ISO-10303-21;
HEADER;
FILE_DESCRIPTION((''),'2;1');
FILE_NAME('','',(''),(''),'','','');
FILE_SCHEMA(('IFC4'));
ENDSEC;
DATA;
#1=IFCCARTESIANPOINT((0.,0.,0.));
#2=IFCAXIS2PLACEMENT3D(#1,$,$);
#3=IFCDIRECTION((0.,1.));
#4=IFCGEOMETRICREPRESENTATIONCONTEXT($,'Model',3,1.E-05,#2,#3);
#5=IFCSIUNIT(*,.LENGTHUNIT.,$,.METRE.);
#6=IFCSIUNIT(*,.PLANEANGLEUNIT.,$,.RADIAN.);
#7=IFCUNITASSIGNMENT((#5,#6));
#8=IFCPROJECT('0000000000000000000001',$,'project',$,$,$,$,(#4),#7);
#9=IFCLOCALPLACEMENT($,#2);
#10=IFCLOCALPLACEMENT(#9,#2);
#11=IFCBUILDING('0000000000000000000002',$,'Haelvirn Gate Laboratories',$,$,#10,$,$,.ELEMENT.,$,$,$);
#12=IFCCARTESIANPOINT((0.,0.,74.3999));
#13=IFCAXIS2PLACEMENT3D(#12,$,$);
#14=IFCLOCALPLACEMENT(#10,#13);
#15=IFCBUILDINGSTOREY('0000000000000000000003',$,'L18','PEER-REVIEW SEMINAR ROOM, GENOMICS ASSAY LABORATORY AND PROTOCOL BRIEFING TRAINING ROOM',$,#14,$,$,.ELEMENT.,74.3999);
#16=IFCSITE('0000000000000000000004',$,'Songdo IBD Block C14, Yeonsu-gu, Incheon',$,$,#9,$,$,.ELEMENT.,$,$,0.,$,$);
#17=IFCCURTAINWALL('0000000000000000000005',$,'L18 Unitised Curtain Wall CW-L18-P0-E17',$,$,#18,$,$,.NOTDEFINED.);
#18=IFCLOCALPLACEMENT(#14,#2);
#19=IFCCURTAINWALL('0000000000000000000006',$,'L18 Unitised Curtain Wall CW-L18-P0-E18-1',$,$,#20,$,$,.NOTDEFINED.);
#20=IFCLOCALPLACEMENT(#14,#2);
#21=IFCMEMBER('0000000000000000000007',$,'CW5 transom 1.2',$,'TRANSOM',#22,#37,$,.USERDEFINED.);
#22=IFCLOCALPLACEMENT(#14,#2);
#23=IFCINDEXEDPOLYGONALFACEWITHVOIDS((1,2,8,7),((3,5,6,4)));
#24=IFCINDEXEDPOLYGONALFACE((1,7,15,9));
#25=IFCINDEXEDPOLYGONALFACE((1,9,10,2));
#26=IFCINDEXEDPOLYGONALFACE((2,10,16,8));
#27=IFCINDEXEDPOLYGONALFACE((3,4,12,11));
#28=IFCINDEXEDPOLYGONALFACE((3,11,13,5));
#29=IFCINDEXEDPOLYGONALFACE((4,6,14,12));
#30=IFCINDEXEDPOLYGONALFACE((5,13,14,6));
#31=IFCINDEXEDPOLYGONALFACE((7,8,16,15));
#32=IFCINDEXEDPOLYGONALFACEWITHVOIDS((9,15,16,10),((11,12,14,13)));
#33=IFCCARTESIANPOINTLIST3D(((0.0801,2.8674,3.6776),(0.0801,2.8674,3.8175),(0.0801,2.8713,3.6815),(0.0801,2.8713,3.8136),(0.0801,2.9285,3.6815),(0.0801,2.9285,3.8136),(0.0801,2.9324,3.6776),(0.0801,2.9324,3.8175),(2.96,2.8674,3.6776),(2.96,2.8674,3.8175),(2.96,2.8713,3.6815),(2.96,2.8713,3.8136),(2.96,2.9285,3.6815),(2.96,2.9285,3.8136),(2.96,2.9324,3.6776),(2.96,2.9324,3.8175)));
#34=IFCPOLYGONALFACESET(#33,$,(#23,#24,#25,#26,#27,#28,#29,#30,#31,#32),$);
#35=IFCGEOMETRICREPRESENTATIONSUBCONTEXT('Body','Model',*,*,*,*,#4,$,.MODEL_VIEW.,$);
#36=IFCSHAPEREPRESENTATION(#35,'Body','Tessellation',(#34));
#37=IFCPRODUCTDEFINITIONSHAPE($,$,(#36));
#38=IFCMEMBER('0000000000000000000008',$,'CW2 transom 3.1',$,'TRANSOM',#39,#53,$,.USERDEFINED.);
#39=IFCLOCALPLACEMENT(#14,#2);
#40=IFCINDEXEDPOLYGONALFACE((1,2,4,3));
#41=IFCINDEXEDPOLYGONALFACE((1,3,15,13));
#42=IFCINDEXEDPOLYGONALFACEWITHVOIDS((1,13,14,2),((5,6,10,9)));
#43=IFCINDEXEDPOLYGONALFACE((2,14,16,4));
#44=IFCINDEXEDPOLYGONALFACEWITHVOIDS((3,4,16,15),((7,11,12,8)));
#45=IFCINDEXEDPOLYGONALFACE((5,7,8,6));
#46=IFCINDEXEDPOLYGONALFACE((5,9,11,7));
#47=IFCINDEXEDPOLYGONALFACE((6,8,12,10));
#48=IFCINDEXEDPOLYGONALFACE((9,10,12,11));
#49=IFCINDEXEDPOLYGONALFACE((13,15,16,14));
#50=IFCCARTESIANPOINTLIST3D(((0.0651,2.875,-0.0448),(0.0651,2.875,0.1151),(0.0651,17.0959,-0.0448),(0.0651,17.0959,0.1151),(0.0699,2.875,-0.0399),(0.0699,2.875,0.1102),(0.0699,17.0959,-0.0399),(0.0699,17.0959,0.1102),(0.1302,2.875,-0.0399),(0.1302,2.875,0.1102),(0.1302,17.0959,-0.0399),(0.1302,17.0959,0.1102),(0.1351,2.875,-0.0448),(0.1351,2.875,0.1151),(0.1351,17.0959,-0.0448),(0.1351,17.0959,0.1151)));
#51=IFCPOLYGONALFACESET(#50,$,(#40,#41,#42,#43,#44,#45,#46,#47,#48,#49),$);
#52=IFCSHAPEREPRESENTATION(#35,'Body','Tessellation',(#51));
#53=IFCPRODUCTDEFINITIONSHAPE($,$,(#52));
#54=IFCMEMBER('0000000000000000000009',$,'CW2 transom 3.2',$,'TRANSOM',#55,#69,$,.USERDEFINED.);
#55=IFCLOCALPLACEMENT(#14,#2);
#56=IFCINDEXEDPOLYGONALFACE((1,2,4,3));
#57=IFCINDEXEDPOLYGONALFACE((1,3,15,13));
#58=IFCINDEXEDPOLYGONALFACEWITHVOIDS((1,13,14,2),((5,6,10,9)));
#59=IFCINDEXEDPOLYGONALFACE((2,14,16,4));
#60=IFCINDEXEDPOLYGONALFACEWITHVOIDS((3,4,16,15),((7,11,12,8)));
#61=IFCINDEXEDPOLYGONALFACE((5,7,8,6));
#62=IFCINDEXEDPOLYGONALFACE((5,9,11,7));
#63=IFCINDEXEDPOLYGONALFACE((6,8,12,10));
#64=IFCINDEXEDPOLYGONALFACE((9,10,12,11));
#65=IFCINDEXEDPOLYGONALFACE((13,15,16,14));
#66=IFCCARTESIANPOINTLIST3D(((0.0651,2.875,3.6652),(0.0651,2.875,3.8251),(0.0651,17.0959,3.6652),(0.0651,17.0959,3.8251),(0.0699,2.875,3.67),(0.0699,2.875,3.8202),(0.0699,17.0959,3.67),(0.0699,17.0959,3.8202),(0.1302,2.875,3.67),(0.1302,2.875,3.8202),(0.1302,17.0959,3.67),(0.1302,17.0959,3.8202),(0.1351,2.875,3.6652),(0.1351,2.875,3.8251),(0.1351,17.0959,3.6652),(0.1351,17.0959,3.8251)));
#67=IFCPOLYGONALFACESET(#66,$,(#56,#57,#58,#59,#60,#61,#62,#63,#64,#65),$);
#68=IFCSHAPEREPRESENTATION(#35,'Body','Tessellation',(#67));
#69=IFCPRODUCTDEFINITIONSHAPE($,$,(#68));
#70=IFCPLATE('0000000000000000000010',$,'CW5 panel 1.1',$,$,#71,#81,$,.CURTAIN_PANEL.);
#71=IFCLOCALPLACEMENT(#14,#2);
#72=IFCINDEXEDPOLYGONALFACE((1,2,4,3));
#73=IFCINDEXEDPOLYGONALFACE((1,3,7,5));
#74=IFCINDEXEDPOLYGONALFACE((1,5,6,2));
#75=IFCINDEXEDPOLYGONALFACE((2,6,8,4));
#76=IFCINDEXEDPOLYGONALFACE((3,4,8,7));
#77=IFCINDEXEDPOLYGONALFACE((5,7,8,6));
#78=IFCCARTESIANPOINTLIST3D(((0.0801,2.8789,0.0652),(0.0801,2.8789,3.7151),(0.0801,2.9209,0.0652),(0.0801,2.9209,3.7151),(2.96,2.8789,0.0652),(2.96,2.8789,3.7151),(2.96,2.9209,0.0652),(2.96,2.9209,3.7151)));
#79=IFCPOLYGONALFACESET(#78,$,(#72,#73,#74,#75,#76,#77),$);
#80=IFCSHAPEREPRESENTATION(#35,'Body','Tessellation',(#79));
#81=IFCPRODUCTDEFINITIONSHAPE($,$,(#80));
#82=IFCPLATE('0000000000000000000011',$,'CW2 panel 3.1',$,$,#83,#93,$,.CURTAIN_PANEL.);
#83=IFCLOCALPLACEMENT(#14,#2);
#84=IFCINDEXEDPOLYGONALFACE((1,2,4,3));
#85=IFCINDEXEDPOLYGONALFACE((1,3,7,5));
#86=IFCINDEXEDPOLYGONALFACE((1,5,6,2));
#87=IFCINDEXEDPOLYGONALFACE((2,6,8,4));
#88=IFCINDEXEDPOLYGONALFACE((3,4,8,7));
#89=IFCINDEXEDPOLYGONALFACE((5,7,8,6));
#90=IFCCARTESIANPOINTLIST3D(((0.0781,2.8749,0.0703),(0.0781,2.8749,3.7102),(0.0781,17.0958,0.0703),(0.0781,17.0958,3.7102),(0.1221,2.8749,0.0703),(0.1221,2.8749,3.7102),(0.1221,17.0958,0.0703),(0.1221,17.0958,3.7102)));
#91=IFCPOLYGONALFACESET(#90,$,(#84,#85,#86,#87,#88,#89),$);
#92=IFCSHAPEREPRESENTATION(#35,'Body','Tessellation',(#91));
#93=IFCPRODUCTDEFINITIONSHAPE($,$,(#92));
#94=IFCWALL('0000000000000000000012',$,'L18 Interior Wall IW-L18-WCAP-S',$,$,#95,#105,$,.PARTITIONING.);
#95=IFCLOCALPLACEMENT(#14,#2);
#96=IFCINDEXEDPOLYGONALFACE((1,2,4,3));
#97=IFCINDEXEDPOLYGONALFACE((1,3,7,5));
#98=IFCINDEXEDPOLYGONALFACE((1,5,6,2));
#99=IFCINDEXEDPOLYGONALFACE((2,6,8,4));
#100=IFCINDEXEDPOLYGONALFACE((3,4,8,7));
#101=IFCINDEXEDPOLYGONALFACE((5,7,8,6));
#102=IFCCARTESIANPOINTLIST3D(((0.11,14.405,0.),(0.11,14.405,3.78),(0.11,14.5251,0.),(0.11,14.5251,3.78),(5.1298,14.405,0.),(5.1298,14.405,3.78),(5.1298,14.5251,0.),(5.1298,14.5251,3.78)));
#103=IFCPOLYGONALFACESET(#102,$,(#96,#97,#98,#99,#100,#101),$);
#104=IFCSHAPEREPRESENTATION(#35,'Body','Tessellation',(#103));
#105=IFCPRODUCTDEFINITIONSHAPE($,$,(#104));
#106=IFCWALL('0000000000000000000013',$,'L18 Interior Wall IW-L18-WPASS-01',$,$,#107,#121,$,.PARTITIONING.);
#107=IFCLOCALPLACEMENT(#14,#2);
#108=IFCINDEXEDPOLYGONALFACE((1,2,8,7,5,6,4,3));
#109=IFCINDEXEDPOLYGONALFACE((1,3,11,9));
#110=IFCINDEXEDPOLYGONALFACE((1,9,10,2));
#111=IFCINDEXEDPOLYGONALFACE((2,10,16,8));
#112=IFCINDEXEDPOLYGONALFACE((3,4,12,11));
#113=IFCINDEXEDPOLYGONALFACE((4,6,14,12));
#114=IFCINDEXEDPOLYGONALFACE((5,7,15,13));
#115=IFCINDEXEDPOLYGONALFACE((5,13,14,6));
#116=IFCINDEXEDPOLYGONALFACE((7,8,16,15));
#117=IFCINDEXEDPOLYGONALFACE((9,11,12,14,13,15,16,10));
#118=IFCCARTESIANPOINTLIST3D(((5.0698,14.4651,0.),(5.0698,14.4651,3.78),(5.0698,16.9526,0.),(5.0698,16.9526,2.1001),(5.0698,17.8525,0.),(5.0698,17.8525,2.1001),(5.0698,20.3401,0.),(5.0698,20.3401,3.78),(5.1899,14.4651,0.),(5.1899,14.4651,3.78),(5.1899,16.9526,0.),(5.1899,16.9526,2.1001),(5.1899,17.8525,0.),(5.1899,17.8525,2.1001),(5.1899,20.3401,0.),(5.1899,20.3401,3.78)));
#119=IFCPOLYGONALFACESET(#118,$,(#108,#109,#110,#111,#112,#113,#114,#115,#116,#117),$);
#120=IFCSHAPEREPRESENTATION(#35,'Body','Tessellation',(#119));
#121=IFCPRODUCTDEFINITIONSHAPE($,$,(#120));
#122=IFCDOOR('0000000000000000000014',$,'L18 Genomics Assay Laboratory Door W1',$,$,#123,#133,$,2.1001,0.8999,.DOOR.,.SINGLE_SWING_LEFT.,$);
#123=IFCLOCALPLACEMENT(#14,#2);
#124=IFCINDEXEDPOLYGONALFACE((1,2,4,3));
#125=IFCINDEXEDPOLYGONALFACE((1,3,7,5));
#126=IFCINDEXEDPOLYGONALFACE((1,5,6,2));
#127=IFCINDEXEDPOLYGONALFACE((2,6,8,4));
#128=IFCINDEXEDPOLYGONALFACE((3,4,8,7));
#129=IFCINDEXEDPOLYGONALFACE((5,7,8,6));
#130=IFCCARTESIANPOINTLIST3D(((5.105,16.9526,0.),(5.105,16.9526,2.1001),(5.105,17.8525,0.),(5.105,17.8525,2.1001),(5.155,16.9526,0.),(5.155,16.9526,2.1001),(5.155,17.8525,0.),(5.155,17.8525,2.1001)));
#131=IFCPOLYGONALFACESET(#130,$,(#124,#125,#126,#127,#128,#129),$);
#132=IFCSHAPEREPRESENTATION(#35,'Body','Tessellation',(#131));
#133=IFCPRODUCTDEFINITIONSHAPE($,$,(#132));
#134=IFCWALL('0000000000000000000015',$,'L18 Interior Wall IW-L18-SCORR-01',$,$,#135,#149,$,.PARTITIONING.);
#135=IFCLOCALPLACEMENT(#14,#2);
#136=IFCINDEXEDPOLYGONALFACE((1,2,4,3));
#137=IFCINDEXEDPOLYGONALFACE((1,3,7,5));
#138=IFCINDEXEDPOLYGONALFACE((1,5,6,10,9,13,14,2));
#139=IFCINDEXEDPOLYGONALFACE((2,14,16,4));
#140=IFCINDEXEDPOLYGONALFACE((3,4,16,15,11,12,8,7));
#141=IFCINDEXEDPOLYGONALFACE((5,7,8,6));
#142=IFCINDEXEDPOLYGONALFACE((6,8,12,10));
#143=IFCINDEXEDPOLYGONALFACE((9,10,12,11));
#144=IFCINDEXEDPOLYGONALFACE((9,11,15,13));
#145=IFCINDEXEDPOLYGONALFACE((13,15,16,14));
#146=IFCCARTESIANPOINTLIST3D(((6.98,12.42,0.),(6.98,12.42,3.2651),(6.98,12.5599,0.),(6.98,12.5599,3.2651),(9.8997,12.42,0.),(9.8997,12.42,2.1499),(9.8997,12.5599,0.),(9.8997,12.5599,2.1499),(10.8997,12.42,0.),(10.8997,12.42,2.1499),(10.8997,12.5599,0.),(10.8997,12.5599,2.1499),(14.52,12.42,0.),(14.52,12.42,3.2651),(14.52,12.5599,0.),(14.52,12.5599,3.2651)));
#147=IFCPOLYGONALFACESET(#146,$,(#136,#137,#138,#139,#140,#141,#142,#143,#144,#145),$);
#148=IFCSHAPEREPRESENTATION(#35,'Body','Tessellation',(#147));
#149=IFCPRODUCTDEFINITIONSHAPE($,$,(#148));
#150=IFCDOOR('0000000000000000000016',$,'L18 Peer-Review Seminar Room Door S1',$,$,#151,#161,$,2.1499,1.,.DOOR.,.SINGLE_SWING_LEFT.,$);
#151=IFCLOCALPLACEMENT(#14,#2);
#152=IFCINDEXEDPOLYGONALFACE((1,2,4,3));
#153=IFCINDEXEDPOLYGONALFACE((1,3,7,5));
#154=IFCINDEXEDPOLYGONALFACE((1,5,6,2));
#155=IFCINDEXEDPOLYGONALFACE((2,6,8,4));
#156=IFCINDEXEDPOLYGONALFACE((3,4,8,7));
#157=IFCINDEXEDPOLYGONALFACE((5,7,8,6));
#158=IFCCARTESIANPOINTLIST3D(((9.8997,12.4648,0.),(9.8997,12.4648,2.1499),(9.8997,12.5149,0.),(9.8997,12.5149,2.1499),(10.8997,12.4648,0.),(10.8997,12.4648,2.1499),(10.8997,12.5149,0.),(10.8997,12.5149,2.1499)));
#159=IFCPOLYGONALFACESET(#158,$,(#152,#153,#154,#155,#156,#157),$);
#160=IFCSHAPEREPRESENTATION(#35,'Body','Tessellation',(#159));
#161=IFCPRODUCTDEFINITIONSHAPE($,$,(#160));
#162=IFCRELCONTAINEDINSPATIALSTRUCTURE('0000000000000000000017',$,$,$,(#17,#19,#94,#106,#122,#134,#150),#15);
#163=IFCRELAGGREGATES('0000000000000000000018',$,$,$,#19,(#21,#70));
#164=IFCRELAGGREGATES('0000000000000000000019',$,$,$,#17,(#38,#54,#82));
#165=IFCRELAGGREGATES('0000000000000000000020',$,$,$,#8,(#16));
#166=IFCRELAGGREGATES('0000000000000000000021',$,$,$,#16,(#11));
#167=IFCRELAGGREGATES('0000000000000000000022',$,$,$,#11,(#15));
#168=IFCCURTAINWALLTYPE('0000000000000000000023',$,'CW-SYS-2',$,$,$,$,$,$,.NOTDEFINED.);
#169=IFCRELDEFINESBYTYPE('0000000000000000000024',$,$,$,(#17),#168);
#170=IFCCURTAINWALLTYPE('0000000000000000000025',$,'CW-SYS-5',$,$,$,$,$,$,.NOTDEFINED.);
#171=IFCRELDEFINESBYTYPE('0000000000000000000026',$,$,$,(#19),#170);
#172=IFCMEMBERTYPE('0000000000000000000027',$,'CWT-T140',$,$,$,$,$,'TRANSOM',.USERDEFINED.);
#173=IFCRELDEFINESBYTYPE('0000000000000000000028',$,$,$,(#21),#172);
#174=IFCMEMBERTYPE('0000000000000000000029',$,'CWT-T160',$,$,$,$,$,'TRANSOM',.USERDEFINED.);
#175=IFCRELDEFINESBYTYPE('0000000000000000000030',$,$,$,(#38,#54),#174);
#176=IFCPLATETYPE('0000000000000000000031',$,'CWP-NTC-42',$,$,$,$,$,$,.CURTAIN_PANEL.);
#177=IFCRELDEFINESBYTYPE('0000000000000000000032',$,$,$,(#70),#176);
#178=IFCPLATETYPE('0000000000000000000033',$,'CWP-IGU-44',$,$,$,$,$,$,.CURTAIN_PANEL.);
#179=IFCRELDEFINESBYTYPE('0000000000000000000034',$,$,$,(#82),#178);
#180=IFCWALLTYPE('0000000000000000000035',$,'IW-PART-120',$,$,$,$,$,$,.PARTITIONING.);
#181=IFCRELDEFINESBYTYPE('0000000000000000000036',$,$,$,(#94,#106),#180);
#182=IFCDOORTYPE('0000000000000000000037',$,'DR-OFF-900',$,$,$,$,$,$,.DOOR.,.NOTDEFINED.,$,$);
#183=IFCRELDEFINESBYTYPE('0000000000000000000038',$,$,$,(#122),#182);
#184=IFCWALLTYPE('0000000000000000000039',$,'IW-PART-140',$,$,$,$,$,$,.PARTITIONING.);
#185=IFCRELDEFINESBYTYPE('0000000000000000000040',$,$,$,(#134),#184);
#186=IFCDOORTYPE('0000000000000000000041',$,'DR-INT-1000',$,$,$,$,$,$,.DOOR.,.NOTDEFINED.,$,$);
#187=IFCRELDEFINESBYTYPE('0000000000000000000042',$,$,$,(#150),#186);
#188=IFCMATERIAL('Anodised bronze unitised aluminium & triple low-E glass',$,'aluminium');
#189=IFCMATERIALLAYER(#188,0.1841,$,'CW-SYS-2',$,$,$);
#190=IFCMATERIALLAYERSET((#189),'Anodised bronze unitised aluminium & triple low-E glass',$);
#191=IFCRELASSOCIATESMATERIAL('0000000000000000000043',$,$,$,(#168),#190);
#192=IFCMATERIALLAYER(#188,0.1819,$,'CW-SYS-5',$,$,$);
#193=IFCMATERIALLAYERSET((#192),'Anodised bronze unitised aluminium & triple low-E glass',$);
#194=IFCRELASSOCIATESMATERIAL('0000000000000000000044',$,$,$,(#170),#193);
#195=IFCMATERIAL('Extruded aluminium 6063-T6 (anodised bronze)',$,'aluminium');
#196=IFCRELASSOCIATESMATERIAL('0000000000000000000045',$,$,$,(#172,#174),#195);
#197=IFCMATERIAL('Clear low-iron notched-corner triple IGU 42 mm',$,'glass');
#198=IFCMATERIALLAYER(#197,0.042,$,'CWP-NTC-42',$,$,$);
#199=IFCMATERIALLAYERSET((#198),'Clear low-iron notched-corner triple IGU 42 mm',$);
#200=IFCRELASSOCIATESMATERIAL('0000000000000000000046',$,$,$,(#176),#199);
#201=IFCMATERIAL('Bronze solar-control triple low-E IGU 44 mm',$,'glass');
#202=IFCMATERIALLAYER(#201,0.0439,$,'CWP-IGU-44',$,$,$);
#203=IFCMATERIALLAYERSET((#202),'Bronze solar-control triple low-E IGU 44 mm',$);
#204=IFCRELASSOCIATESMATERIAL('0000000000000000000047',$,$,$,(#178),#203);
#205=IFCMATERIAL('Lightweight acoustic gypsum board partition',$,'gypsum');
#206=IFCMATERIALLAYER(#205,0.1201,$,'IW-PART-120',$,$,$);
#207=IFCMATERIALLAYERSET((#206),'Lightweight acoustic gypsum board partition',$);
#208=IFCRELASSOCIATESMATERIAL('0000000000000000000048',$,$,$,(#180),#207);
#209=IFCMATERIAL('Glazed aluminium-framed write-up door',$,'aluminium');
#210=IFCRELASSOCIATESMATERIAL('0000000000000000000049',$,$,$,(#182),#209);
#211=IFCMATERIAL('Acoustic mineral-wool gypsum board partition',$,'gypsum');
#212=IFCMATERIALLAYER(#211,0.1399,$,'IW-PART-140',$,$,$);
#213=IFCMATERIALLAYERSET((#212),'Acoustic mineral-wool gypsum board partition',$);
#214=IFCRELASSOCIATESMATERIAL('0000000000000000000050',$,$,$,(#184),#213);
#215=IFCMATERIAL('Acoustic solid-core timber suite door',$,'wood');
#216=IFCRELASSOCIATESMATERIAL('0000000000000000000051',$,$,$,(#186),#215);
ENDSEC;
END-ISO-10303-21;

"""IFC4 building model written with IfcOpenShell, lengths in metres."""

from ifc_helpers import new_model, si_unit, direction, frame, frame_2d, origin, origin_2d, place, context, subcontext, project, spatial, rectangle, hollow_rectangle, extrude, source, transform, mapped, material, layer, layer_set, material_profile, profile_set, type_object, type_shapes, element, fill, aggregate, save


model = new_model("IFC4")

# Units and contexts
model_context = context("Model", 3, precision=1e-05, world=origin(), true_north=direction((0.0, 1.0)))
body_context = subcontext(model_context, "Body", "Model", "MODEL_VIEW")
ifc_project = project(units=[si_unit("LENGTHUNIT", "METRE"), si_unit("PLANEANGLEUNIT", "RADIAN")], contexts=[model_context])

# Site, building, storey
site_placement = place(None, origin())
site = spatial("IfcSite", under=ifc_project, at=site_placement, Name="Songdo IBD Block C14, Yeonsu-gu, Incheon", CompositionType="ELEMENT", RefElevation=0.0)
building_placement = place(site_placement, origin())
building = spatial("IfcBuilding", under=site, at=building_placement, Name="Haelvirn Gate Laboratories", CompositionType="ELEMENT")
storey_placement = place(building_placement, frame((0.0, 0.0, 74.3999)))
storey = spatial("IfcBuildingStorey", under=building, at=storey_placement, Name="L18", Description="PEER-REVIEW SEMINAR ROOM, GENOMICS ASSAY LABORATORY AND PROTOCOL BRIEFING TRAINING ROOM", CompositionType="ELEMENT", Elevation=74.3999)

# Curtain wall
ifc_material_1 = material(Name="Anodised bronze unitised aluminium & triple low-E glass", Category="aluminium")
ifc_layer_1 = layer(ifc_material_1, 0.1841, Name="CW-SYS-2")
ifc_layer_set_1 = layer_set([ifc_layer_1], Name="Anodised bronze unitised aluminium & triple low-E glass")
curtain_wall_type_1 = type_object("IfcCurtainWallType", Name="CW-SYS-2", PredefinedType="NOTDEFINED", material=ifc_layer_set_1)
curtain_wall_1_placement = place(storey_placement, origin())
curtain_wall_1 = element("IfcCurtainWall", 1, at=curtain_wall_1_placement, inside=storey, type_object=curtain_wall_type_1, Name="L18 Unitised Curtain Wall CW-L18-P0-E17", PredefinedType="NOTDEFINED")
ifc_material_2 = material(Name="Extruded aluminium 6063-T6 (anodised bronze)", Category="aluminium")

# Curtain wall, member
ifc_layer_2 = layer(ifc_material_1, 0.1819, Name="CW-SYS-5")
ifc_layer_set_2 = layer_set([ifc_layer_2], Name="Anodised bronze unitised aluminium & triple low-E glass")
curtain_wall_type_2 = type_object("IfcCurtainWallType", Name="CW-SYS-5", PredefinedType="NOTDEFINED", material=ifc_layer_set_2)
curtain_wall_2_placement = place(storey_placement, origin())
curtain_wall_2 = element("IfcCurtainWall", 2, at=curtain_wall_2_placement, inside=storey, type_object=curtain_wall_type_2, Name="L18 Unitised Curtain Wall CW-L18-P0-E18-1", PredefinedType="NOTDEFINED")
ifc_material_profile_1 = material_profile(ifc_material_2, hollow_rectangle(XDim=0.0649, YDim=0.1399, WallThickness=0.0039, at=origin_2d()), Name="CWT-140x65x4")
ifc_profile_set_1 = profile_set([ifc_material_profile_1], Name="Extruded aluminium 6063-T6 (anodised bronze)")
member_type_1 = type_object("IfcMemberType", Name="CWT-T140", ElementType="TRANSOM", PredefinedType="USERDEFINED", material=ifc_profile_set_1)
shared_shape_1 = source(origin(), body_context, "Body", "SweptSolid", [
    extrude(hollow_rectangle(XDim=0.0649, YDim=0.1399, WallThickness=0.0039, at=origin_2d()), origin(), (0.0, 0.0, 1.0), 2.8799),
])
type_shapes(member_type_1, [shared_shape_1])
member_1_placement = place(storey_placement, frame((0.0801, 2.8999, 3.7476), z_axis=(1.0, 0.0, 0.0), x_axis=(0.0, 1.0, 0.0)))
member_1 = element("IfcMember", 3, at=member_1_placement, type_object=member_type_1, Name="CW5 transom 1.2", ObjectType="TRANSOM", PredefinedType="USERDEFINED", context=body_context, shape_type="MappedRepresentation", body=[
    mapped(shared_shape_1, transform((0.0, 0.0, 0.0), scale=1.0)),
])

# Members
ifc_material_profile_2 = material_profile(ifc_material_2, hollow_rectangle(XDim=0.0701, YDim=0.1599, WallThickness=0.0049, at=origin_2d()), Name="CWT-160x70x5")
ifc_profile_set_2 = profile_set([ifc_material_profile_2], Name="Extruded aluminium 6063-T6 (anodised bronze)")
member_type_2 = type_object("IfcMemberType", Name="CWT-T160", ElementType="TRANSOM", PredefinedType="USERDEFINED", material=ifc_profile_set_2)
shared_shape_2 = source(origin(), body_context, "Body", "SweptSolid", [
    extrude(hollow_rectangle(XDim=0.0701, YDim=0.1599, WallThickness=0.0049, at=origin_2d()), origin(), (0.0, 0.0, 1.0), 14.2209),
])
type_shapes(member_type_2, [shared_shape_2])
member_2_placement = place(storey_placement, frame((0.1001, 17.0959, 0.0352), z_axis=(0.0, -1.0, 0.0), x_axis=(1.0, 0.0, 0.0)))
member_2 = element("IfcMember", 4, at=member_2_placement, type_object=member_type_2, Name="CW2 transom 3.1", ObjectType="TRANSOM", PredefinedType="USERDEFINED", context=body_context, shape_type="MappedRepresentation", body=[
    mapped(shared_shape_2, transform((0.0, 0.0, 0.0), scale=1.0)),
])
member_3_placement = place(storey_placement, frame((0.1001, 17.0959, 3.7451), z_axis=(0.0, -1.0, 0.0), x_axis=(1.0, 0.0, 0.0)))
member_3 = element("IfcMember", 5, at=member_3_placement, type_object=member_type_2, Name="CW2 transom 3.2", ObjectType="TRANSOM", PredefinedType="USERDEFINED", context=body_context, shape_type="MappedRepresentation", body=[
    mapped(shared_shape_2, transform((0.0, 0.0, 0.0), scale=1.0)),
])

# Plates
ifc_material_3 = material(Name="Clear low-iron notched-corner triple IGU 42 mm", Category="glass")
ifc_layer_3 = layer(ifc_material_3, 0.042, Name="CWP-NTC-42")
ifc_layer_set_3 = layer_set([ifc_layer_3], Name="Clear low-iron notched-corner triple IGU 42 mm")
plate_type_1 = type_object("IfcPlateType", Name="CWP-NTC-42", PredefinedType="CURTAIN_PANEL", material=ifc_layer_set_3)
shared_shape_3 = source(origin(), body_context, "Body", "SweptSolid", [
    extrude(rectangle(XDim=2.8799, YDim=0.042, at=origin_2d()), origin(), (0.0, 0.0, 1.0), 3.6499),
])
type_shapes(plate_type_1, [shared_shape_3])
plate_1_placement = place(storey_placement, frame((1.52, 2.8999, 0.0652), z_axis=(0.0, 0.0, 1.0), x_axis=(1.0, 0.0, 0.0)))
plate_1 = element("IfcPlate", 6, at=plate_1_placement, type_object=plate_type_1, Name="CW5 panel 1.1", PredefinedType="CURTAIN_PANEL", context=body_context, shape_type="MappedRepresentation", body=[
    mapped(shared_shape_3, transform((0.0, 0.0, 0.0), scale=1.0)),
])
aggregate(curtain_wall_2, [member_1, plate_1])
ifc_material_4 = material(Name="Bronze solar-control triple low-E IGU 44 mm", Category="glass")
ifc_layer_4 = layer(ifc_material_4, 0.0439, Name="CWP-IGU-44")
ifc_layer_set_4 = layer_set([ifc_layer_4], Name="Bronze solar-control triple low-E IGU 44 mm")
plate_type_2 = type_object("IfcPlateType", Name="CWP-IGU-44", PredefinedType="CURTAIN_PANEL", material=ifc_layer_set_4)
shared_shape_4 = source(origin(), body_context, "Body", "SweptSolid", [
    extrude(rectangle(XDim=14.2209, YDim=0.0439, at=origin_2d()), origin(), (0.0, 0.0, 1.0), 3.6399),
])
type_shapes(plate_type_2, [shared_shape_4])
plate_2_placement = place(storey_placement, frame((0.1001, 9.9854, 0.0703), z_axis=(0.0, 0.0, 1.0), x_axis=(0.0, -1.0, 0.0)))
plate_2 = element("IfcPlate", 7, at=plate_2_placement, type_object=plate_type_2, Name="CW2 panel 3.1", PredefinedType="CURTAIN_PANEL", context=body_context, shape_type="MappedRepresentation", body=[
    mapped(shared_shape_4, transform((0.0, 0.0, 0.0), scale=1.0)),
])
aggregate(curtain_wall_1, [member_2, member_3, plate_2])

# Wall
ifc_material_5 = material(Name="Lightweight acoustic gypsum board partition", Category="gypsum")
ifc_layer_5 = layer(ifc_material_5, 0.1201, Name="IW-PART-120")
ifc_layer_set_5 = layer_set([ifc_layer_5], Name="Lightweight acoustic gypsum board partition")
wall_type_1 = type_object("IfcWallType", Name="IW-PART-120", PredefinedType="PARTITIONING", material=ifc_layer_set_5)
wall_1_placement = place(storey_placement, frame((0.1101, 14.4651, 0.0), z_axis=(0.0, 0.0, 1.0), x_axis=(1.0, 0.0, 0.0)))
element("IfcWall", 8, at=wall_1_placement, inside=storey, type_object=wall_type_1, Name="L18 Interior Wall IW-L18-WCAP-S", PredefinedType="PARTITIONING", context=body_context, shape_type="SweptSolid", body=[
    extrude(rectangle(XDim=5.0198, YDim=0.1201, at=frame_2d((2.5098, 0.0))), origin(), (0.0, 0.0, 1.0), 3.78),
])

# Walls, openings, doors
wall_2_placement = place(storey_placement, frame((5.1299, 14.4651, 0.0), z_axis=(0.0, 0.0, 1.0), x_axis=(0.0, 1.0, 0.0)))
wall_2 = element("IfcWall", 9, at=wall_2_placement, inside=storey, type_object=wall_type_1, Name="L18 Interior Wall IW-L18-WPASS-01", PredefinedType="PARTITIONING", context=body_context, shape_type="SweptSolid", body=[
    extrude(rectangle(XDim=5.875, YDim=0.1201, at=frame_2d((2.9375, 0.0))), origin(), (0.0, 0.0, 1.0), 3.78),
])
opening_1_placement = place(wall_2_placement, frame((2.4875, 0.0, 0.0)))
opening_1 = element("IfcOpeningElement", 10, at=opening_1_placement, cuts=wall_2, PredefinedType="OPENING", context=body_context, shape_type="SweptSolid", body=[
    extrude(rectangle(XDim=0.8999, YDim=2.1001, at=frame_2d((0.45, 1.05))), frame((0.0, 0.0701, 0.0), z_axis=(0.0, -1.0, 0.0), x_axis=(1.0, 0.0, 0.0)), (0.0, 0.0, 1.0), 0.1401),
])
ifc_material_6 = material(Name="Glazed aluminium-framed write-up door", Category="aluminium")
door_type_1 = type_object("IfcDoorType", Name="DR-OFF-900", OperationType="NOTDEFINED", PredefinedType="DOOR", material=ifc_material_6)
shared_shape_5 = source(origin(), body_context, "Body", "SweptSolid", [
    extrude(rectangle(XDim=0.8999, YDim=2.1001, at=frame_2d((0.45, 1.05))), frame((0.0, 0.0249, 0.0), z_axis=(0.0, -1.0, 0.0), x_axis=(1.0, 0.0, 0.0)), (0.0, 0.0, 1.0), 0.05),
])
type_shapes(door_type_1, [shared_shape_5])
door_1_placement = place(opening_1_placement, origin())
door_1 = element("IfcDoor", 11, at=door_1_placement, inside=storey, type_object=door_type_1, Name="L18 Genomics Assay Laboratory Door W1", OperationType="SINGLE_SWING_LEFT", OverallHeight=2.1001, OverallWidth=0.8999, PredefinedType="DOOR", context=body_context, shape_type="MappedRepresentation", body=[
    mapped(shared_shape_5, transform((0.0, 0.0, 0.0), scale=1.0)),
])
fill(opening_1, door_1)
ifc_material_7 = material(Name="Acoustic mineral-wool gypsum board partition", Category="gypsum")
ifc_layer_6 = layer(ifc_material_7, 0.1399, Name="IW-PART-140")
ifc_layer_set_6 = layer_set([ifc_layer_6], Name="Acoustic mineral-wool gypsum board partition")
wall_type_2 = type_object("IfcWallType", Name="IW-PART-140", PredefinedType="PARTITIONING", material=ifc_layer_set_6)
wall_3_placement = place(storey_placement, frame((6.98, 12.49, 0.0), z_axis=(0.0, 0.0, 1.0), x_axis=(1.0, 0.0, 0.0)))
wall_3 = element("IfcWall", 12, at=wall_3_placement, inside=storey, type_object=wall_type_2, Name="L18 Interior Wall IW-L18-SCORR-01", PredefinedType="PARTITIONING", context=body_context, shape_type="SweptSolid", body=[
    extrude(rectangle(XDim=7.54, YDim=0.1399, at=frame_2d((3.77, 0.0))), origin(), (0.0, 0.0, 1.0), 3.2651),
])
opening_2_placement = place(wall_3_placement, frame((2.9197, 0.0, 0.0)))
opening_2 = element("IfcOpeningElement", 13, at=opening_2_placement, cuts=wall_3, PredefinedType="OPENING", context=body_context, shape_type="SweptSolid", body=[
    extrude(rectangle(XDim=1.0, YDim=2.1499, at=frame_2d((0.5, 1.075))), frame((0.0, 0.0801, 0.0), z_axis=(0.0, -1.0, 0.0), x_axis=(1.0, 0.0, 0.0)), (0.0, 0.0, 1.0), 0.1599),
])
ifc_material_8 = material(Name="Acoustic solid-core timber suite door", Category="wood")
door_type_2 = type_object("IfcDoorType", Name="DR-INT-1000", OperationType="NOTDEFINED", PredefinedType="DOOR", material=ifc_material_8)
shared_shape_6 = source(origin(), body_context, "Body", "SweptSolid", [
    extrude(rectangle(XDim=1.0, YDim=2.1499, at=frame_2d((0.5, 1.075))), frame((0.0, 0.0249, 0.0), z_axis=(0.0, -1.0, 0.0), x_axis=(1.0, 0.0, 0.0)), (0.0, 0.0, 1.0), 0.05),
])
type_shapes(door_type_2, [shared_shape_6])
door_2_placement = place(opening_2_placement, origin())
door_2 = element("IfcDoor", 14, at=door_2_placement, inside=storey, type_object=door_type_2, Name="L18 Peer-Review Seminar Room Door S1", OperationType="SINGLE_SWING_LEFT", OverallHeight=2.1499, OverallWidth=1.0, PredefinedType="DOOR", context=body_context, shape_type="MappedRepresentation", body=[
    mapped(shared_shape_6, transform((0.0, 0.0, 0.0), scale=1.0)),
])
fill(opening_2, door_2)

save(model, "model.ifc")
